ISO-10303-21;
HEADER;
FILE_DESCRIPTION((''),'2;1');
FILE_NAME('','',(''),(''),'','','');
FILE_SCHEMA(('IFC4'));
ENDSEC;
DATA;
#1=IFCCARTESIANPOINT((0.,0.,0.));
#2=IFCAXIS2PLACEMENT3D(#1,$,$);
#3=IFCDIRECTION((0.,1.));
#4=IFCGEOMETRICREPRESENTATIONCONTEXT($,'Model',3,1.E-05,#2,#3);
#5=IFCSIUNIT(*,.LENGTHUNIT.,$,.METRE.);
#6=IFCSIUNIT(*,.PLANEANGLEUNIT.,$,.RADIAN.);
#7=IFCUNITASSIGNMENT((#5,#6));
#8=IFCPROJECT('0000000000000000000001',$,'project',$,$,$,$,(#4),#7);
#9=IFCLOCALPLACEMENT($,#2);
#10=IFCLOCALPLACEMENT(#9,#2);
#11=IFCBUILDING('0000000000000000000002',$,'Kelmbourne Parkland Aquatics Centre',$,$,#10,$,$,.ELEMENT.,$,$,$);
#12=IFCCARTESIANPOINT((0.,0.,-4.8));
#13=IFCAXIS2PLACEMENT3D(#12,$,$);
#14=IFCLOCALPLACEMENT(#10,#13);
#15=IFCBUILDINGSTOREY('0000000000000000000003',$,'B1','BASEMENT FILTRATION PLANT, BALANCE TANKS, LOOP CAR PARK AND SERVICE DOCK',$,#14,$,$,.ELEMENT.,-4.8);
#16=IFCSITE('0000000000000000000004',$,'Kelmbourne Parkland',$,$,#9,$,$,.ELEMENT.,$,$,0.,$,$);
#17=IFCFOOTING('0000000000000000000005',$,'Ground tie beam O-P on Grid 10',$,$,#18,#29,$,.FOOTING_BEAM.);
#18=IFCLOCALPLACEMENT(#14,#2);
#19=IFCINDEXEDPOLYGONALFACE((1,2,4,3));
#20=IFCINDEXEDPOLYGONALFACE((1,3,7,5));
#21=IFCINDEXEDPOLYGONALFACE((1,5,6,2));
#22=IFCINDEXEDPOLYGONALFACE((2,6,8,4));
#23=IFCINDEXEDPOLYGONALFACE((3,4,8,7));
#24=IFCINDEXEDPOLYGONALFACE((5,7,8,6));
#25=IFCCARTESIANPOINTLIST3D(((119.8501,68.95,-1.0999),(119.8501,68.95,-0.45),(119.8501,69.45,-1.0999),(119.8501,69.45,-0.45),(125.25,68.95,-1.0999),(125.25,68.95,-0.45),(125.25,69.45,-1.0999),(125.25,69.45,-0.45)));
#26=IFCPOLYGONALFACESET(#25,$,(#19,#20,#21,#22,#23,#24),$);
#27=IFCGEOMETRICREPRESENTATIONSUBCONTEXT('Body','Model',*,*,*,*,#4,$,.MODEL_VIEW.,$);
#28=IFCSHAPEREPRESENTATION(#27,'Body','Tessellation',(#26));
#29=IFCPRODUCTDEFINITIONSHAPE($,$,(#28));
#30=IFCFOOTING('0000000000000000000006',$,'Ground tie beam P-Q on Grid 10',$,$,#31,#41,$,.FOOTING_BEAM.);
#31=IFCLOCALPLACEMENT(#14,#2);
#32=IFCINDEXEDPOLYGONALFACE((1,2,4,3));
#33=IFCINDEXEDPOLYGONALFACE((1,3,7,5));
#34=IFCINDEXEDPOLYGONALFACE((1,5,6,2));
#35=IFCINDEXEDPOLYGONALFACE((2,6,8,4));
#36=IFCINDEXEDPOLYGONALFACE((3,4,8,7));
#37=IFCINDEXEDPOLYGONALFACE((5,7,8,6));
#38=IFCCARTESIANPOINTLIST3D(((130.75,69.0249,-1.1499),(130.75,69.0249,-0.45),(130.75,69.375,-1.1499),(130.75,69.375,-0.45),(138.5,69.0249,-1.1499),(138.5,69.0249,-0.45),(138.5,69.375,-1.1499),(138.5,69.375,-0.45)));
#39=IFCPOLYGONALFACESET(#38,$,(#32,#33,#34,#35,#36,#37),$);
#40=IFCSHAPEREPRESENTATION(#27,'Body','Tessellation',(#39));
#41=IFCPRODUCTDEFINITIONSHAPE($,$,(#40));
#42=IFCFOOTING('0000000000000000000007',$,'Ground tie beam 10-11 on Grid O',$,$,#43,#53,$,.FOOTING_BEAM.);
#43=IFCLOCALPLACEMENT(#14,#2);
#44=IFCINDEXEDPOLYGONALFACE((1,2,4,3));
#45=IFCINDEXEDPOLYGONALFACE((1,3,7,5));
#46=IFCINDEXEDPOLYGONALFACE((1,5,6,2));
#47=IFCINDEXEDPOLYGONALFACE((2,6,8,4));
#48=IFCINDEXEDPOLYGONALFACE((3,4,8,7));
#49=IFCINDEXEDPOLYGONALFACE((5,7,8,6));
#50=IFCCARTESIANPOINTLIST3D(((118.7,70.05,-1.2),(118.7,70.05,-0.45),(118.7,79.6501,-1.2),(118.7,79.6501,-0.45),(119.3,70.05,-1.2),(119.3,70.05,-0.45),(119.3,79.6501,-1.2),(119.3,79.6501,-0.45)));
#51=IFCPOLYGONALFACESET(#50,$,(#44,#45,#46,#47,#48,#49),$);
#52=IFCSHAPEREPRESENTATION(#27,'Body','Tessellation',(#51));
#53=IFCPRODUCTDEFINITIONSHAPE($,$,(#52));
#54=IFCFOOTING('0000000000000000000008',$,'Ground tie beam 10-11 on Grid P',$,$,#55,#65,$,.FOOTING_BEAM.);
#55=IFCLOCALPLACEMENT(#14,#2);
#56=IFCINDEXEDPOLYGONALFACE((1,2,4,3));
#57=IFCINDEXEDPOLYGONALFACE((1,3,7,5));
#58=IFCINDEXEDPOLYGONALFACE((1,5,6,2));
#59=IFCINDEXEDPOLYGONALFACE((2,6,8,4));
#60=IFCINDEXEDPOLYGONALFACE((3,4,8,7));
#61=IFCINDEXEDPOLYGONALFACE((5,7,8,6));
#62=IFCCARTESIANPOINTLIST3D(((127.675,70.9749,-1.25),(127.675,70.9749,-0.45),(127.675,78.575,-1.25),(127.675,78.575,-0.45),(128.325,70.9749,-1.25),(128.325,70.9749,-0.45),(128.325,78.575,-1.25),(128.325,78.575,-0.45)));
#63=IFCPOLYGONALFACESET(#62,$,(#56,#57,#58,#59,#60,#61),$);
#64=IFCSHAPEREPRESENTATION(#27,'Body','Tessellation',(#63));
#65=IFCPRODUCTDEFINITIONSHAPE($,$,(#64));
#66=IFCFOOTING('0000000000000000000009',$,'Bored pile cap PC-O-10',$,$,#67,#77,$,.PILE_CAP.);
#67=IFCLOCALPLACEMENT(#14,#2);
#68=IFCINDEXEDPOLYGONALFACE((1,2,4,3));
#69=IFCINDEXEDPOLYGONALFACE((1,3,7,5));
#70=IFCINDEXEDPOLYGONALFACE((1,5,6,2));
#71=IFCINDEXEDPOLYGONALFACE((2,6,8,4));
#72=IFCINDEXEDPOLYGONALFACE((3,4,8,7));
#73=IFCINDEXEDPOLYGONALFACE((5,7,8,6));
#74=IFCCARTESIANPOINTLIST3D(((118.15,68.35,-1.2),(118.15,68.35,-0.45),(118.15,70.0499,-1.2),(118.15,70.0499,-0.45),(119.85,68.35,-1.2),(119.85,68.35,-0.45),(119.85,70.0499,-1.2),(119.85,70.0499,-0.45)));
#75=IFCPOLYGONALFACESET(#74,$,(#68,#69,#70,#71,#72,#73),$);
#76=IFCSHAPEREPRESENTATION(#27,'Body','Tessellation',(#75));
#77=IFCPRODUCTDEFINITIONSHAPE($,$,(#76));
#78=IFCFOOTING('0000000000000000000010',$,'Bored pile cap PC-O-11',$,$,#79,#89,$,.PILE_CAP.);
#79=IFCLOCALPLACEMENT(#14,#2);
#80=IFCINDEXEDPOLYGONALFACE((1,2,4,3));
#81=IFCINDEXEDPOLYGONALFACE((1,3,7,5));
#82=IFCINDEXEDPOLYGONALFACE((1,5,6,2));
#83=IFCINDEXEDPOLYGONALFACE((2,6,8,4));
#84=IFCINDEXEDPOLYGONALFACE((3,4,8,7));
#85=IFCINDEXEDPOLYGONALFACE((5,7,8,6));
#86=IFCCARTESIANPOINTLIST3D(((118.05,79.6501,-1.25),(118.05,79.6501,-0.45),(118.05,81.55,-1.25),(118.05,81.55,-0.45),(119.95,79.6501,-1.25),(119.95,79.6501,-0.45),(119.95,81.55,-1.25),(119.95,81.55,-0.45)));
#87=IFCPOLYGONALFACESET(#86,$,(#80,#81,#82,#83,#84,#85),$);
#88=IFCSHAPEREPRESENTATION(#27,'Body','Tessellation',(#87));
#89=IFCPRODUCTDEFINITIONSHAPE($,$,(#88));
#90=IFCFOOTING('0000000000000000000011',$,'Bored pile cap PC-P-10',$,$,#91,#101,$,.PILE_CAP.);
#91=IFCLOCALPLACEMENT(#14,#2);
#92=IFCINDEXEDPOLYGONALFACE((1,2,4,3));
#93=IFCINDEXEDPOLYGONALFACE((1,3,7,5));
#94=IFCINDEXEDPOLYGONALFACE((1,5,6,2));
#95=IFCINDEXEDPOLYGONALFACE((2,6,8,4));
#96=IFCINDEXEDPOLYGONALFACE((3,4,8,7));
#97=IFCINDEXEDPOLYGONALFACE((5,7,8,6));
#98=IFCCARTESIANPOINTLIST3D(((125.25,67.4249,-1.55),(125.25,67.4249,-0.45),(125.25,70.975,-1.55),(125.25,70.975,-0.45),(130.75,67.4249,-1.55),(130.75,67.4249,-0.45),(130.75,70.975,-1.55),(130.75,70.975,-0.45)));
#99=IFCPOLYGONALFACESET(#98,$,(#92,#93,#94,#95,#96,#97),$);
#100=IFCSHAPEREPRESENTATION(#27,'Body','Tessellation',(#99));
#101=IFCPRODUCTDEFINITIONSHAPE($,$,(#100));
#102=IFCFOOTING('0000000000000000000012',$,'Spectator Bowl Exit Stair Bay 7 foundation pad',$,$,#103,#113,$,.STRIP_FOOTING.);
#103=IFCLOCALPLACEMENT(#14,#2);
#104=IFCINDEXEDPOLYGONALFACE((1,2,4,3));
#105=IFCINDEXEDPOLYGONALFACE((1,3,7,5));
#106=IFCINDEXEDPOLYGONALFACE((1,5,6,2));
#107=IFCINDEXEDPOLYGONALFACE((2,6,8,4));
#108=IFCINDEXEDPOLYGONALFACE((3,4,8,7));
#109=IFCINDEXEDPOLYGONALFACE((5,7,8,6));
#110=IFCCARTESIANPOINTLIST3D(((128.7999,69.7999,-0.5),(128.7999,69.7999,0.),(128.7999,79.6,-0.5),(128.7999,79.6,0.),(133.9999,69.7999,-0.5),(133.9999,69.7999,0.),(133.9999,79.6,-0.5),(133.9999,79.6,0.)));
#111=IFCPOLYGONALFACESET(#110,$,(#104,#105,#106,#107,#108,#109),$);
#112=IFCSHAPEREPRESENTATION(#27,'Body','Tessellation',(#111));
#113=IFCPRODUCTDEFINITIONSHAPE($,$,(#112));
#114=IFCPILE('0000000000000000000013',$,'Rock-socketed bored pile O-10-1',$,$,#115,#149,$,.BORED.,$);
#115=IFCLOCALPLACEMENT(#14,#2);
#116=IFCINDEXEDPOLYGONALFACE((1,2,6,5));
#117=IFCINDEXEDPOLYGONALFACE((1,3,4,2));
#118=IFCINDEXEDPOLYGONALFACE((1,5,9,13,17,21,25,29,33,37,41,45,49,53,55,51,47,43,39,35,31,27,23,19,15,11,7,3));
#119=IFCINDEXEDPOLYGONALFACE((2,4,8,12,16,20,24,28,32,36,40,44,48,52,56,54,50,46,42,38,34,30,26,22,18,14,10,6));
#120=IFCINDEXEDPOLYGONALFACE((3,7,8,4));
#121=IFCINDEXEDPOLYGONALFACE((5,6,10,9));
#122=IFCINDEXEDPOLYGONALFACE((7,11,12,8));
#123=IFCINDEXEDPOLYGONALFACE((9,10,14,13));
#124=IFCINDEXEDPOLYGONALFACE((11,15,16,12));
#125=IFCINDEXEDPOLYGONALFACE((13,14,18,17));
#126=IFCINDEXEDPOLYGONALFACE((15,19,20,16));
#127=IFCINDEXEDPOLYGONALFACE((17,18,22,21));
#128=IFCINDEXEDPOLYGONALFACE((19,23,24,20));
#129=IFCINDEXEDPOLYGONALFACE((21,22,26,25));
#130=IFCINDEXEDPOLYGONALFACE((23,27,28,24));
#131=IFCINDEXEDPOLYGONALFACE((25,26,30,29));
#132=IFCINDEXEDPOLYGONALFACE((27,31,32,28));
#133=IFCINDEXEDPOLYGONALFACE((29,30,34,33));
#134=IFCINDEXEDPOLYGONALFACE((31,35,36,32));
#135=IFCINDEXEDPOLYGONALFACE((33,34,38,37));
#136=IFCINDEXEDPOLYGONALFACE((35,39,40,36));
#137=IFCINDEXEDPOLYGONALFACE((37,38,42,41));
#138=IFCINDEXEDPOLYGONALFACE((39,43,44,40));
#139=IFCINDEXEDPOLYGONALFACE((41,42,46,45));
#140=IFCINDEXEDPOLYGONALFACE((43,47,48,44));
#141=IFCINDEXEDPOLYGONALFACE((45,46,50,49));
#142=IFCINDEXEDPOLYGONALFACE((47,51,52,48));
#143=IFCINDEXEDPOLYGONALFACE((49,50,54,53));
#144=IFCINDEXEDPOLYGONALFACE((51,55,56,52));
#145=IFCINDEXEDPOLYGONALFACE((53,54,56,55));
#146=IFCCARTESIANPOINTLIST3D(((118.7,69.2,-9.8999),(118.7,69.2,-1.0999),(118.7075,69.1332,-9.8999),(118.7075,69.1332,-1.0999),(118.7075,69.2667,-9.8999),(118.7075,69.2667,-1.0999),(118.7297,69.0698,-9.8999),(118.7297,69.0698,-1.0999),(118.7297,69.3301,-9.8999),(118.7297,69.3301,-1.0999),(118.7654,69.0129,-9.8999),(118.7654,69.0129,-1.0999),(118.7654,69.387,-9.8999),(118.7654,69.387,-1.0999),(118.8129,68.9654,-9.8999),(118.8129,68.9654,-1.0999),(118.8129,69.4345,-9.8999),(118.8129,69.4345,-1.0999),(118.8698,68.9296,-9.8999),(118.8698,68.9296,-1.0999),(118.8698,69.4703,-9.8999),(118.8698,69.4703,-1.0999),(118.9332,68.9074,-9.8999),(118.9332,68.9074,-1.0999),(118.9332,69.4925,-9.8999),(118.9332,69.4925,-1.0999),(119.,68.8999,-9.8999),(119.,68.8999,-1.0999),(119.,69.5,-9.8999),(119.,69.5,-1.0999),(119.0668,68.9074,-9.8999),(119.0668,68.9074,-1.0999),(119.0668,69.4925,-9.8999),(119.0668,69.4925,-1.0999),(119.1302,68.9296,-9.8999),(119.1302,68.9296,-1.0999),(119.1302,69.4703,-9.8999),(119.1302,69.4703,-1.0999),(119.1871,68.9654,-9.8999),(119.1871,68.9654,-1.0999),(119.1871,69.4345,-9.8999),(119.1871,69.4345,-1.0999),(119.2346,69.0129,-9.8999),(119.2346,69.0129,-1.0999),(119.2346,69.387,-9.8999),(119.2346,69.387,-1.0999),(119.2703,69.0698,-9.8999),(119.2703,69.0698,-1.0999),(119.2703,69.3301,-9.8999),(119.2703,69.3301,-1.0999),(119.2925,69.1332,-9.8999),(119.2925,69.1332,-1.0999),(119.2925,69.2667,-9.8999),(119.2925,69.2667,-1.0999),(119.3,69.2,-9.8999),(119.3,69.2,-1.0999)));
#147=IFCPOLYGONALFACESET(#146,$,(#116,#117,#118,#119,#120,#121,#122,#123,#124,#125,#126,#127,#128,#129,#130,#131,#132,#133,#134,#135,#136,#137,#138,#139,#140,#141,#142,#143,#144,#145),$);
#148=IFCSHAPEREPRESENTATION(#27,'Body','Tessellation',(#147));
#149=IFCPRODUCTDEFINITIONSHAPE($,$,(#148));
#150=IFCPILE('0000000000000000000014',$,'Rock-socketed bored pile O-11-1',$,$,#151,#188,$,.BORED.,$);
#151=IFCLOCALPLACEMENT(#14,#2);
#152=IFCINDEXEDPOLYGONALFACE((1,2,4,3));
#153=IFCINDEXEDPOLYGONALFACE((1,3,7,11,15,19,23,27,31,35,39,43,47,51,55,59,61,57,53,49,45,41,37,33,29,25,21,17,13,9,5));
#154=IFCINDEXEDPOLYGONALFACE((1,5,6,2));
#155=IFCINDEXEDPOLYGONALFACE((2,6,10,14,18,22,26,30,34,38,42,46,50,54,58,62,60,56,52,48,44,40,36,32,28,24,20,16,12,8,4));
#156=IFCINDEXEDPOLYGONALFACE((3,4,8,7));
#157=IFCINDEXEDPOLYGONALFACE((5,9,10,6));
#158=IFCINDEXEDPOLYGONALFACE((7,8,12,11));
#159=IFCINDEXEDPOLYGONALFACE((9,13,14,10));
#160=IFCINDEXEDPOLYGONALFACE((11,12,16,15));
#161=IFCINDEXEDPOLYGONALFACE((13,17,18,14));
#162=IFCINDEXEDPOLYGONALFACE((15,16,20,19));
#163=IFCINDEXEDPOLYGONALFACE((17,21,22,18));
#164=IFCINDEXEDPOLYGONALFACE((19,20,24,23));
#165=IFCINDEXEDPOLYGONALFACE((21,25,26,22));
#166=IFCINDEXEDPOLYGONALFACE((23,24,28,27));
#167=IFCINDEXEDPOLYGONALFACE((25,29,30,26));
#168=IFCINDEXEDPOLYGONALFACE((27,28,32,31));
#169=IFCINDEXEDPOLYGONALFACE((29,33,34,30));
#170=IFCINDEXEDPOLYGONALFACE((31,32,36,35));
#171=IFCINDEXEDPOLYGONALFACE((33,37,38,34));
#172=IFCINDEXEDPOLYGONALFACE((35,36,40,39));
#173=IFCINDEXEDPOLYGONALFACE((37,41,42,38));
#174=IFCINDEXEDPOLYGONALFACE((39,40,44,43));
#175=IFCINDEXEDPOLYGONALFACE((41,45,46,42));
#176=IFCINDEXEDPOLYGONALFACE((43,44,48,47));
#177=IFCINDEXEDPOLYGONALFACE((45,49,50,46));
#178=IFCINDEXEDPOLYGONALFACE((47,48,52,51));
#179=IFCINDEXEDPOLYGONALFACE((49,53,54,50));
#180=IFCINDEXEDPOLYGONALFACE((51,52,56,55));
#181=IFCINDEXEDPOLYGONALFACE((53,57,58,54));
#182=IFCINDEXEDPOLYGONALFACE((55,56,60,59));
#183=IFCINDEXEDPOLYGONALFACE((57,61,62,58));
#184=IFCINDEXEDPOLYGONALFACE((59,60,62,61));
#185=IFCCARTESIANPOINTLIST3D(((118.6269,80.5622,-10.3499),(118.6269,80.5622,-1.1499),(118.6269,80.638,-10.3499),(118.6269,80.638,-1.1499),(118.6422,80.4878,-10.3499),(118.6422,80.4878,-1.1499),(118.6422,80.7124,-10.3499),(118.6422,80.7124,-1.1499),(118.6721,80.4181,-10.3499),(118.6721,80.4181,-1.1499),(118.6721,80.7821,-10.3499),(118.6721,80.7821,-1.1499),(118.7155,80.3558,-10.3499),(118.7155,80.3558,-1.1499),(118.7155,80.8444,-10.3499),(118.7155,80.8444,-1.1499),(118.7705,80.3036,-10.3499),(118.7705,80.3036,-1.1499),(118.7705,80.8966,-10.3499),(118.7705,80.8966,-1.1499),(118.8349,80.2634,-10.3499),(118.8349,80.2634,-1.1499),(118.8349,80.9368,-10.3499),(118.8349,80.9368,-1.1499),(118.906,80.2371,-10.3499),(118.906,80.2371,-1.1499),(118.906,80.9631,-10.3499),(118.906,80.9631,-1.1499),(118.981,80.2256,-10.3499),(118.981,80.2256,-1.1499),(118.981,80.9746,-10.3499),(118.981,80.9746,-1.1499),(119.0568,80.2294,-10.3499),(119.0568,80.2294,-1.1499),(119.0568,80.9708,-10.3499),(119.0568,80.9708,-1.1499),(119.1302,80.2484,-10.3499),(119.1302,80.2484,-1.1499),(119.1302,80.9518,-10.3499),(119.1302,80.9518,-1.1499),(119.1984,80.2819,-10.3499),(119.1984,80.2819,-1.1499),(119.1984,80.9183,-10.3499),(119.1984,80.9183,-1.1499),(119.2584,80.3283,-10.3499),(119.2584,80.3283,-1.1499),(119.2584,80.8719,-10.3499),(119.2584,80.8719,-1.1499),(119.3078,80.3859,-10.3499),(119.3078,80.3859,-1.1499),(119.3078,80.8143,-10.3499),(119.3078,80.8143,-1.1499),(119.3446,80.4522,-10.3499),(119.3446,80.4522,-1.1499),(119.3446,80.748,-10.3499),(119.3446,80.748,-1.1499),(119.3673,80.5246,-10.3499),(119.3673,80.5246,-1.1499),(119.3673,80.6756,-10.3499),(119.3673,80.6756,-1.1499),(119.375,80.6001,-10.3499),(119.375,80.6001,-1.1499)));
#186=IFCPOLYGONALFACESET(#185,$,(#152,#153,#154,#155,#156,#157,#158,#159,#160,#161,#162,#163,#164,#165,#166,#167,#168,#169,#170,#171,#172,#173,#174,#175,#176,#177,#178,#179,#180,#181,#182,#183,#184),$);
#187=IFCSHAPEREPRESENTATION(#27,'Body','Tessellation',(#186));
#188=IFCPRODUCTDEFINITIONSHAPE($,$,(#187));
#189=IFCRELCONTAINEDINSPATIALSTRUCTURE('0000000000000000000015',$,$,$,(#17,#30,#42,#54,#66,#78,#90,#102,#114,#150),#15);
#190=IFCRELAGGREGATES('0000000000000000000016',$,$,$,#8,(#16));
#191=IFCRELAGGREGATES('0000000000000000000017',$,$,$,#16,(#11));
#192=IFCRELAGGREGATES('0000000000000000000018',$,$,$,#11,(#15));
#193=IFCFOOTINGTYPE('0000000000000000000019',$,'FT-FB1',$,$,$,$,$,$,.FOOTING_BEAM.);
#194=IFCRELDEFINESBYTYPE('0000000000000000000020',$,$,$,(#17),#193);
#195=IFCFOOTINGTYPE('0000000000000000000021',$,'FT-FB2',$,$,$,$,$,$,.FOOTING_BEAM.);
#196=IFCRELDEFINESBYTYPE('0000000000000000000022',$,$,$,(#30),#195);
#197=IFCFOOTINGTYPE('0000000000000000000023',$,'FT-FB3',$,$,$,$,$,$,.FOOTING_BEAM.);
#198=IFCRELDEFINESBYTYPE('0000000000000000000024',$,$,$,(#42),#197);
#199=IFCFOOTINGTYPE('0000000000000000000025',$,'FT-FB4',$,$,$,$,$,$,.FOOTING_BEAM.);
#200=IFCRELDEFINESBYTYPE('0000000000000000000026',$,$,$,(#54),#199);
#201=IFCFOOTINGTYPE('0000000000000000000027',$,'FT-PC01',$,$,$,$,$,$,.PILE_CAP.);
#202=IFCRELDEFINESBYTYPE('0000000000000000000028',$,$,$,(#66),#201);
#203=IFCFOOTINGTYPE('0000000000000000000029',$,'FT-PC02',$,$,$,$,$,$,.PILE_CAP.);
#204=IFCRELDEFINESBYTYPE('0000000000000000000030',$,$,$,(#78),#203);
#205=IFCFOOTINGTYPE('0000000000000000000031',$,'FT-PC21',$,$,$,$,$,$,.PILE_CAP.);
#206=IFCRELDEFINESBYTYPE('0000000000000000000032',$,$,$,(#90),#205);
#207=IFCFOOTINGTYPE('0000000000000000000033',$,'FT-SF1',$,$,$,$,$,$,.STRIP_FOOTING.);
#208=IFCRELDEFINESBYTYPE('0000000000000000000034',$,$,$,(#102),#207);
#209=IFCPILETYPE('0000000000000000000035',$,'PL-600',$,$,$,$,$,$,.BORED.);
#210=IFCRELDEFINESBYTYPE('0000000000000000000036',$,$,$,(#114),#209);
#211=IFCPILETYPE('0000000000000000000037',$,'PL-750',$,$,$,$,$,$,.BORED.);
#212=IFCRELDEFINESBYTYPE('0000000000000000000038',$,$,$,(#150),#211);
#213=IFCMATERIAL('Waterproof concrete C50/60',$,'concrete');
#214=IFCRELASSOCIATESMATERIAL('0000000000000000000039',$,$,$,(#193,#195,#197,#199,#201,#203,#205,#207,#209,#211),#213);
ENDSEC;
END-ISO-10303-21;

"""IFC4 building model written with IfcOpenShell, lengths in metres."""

from ifc_helpers import new_model, si_unit, direction, frame, origin, origin_2d, place, context, subcontext, project, spatial, rectangle, circle, extrude, material, material_profile, profile_set, type_object, element, save


model = new_model("IFC4")

# Units and contexts
model_context = context("Model", 3, precision=1e-05, world=origin(), true_north=direction((0.0, 1.0)))
body_context = subcontext(model_context, "Body", "Model", "MODEL_VIEW")
ifc_project = project(units=[si_unit("LENGTHUNIT", "METRE"), si_unit("PLANEANGLEUNIT", "RADIAN")], contexts=[model_context])

# Site, building, storey
site_placement = place(None, origin())
site = spatial("IfcSite", under=ifc_project, at=site_placement, Name="Kelmbourne Parkland", CompositionType="ELEMENT", RefElevation=0.0)
building_placement = place(site_placement, origin())
building = spatial("IfcBuilding", under=site, at=building_placement, Name="Kelmbourne Parkland Aquatics Centre", CompositionType="ELEMENT")
storey_placement = place(building_placement, frame((0.0, 0.0, -4.8)))
storey = spatial("IfcBuildingStorey", under=building, at=storey_placement, Name="B1", Description="BASEMENT FILTRATION PLANT, BALANCE TANKS, LOOP CAR PARK AND SERVICE DOCK", CompositionType="ELEMENT", Elevation=-4.8)

# Footings
ifc_material_1 = material(Name="Waterproof concrete C50/60", Category="concrete")
footing_type_1 = type_object("IfcFootingType", Name="FT-FB1", PredefinedType="FOOTING_BEAM", material=ifc_material_1)
footing_1_placement = place(storey_placement, frame((122.55, 69.2, -1.0999), z_axis=(0.0, 0.0, 1.0), x_axis=(1.0, 0.0, 0.0)))
element("IfcFooting", 1, at=footing_1_placement, inside=storey, type_object=footing_type_1, Name="Ground tie beam O-P on Grid 10", PredefinedType="FOOTING_BEAM", context=body_context, shape_type="SweptSolid", body=[
    extrude(rectangle(XDim=5.3999, YDim=0.5, at=origin_2d()), origin(), (0.0, 0.0, 1.0), 0.6499),
])
footing_type_2 = type_object("IfcFootingType", Name="FT-FB2", PredefinedType="FOOTING_BEAM", material=ifc_material_1)
footing_2_placement = place(storey_placement, frame((134.625, 69.2, -1.1499), z_axis=(0.0, 0.0, 1.0), x_axis=(1.0, 0.0, 0.0)))
element("IfcFooting", 2, at=footing_2_placement, inside=storey, type_object=footing_type_2, Name="Ground tie beam P-Q on Grid 10", PredefinedType="FOOTING_BEAM", context=body_context, shape_type="SweptSolid", body=[
    extrude(rectangle(XDim=7.75, YDim=0.3501, at=origin_2d()), origin(), (0.0, 0.0, 1.0), 0.7),
])
footing_type_3 = type_object("IfcFootingType", Name="FT-FB3", PredefinedType="FOOTING_BEAM", material=ifc_material_1)
footing_3_placement = place(storey_placement, frame((119.0, 74.8501, -1.2), z_axis=(0.0, 0.0, 1.0), x_axis=(0.0, 1.0, 0.0)))
element("IfcFooting", 3, at=footing_3_placement, inside=storey, type_object=footing_type_3, Name="Ground tie beam 10-11 on Grid O", PredefinedType="FOOTING_BEAM", context=body_context, shape_type="SweptSolid", body=[
    extrude(rectangle(XDim=9.6001, YDim=0.6001, at=origin_2d()), origin(), (0.0, 0.0, 1.0), 0.75),
])
footing_type_4 = type_object("IfcFootingType", Name="FT-FB4", PredefinedType="FOOTING_BEAM", material=ifc_material_1)
footing_4_placement = place(storey_placement, frame((128.0, 74.7749, -1.25), z_axis=(0.0, 0.0, 1.0), x_axis=(0.0, 1.0, 0.0)))
element("IfcFooting", 4, at=footing_4_placement, inside=storey, type_object=footing_type_4, Name="Ground tie beam 10-11 on Grid P", PredefinedType="FOOTING_BEAM", context=body_context, shape_type="SweptSolid", body=[
    extrude(rectangle(XDim=7.6001, YDim=0.6499, at=origin_2d()), origin(), (0.0, 0.0, 1.0), 0.8),
])
footing_type_5 = type_object("IfcFootingType", Name="FT-PC01", PredefinedType="PILE_CAP", material=ifc_material_1)
footing_5_placement = place(storey_placement, frame((119.0, 69.2, -1.2), z_axis=(0.0, 0.0, 1.0), x_axis=(1.0, 0.0, 0.0)))
element("IfcFooting", 5, at=footing_5_placement, inside=storey, type_object=footing_type_5, Name="Bored pile cap PC-O-10", PredefinedType="PILE_CAP", context=body_context, shape_type="SweptSolid", body=[
    extrude(rectangle(XDim=1.7, YDim=1.7, at=origin_2d()), origin(), (0.0, 0.0, 1.0), 0.75),
])
footing_type_6 = type_object("IfcFootingType", Name="FT-PC02", PredefinedType="PILE_CAP", material=ifc_material_1)
footing_6_placement = place(storey_placement, frame((119.0, 80.6001, -1.25), z_axis=(0.0, 0.0, 1.0), x_axis=(1.0, 0.0, 0.0)))
element("IfcFooting", 6, at=footing_6_placement, inside=storey, type_object=footing_type_6, Name="Bored pile cap PC-O-11", PredefinedType="PILE_CAP", context=body_context, shape_type="SweptSolid", body=[
    extrude(rectangle(XDim=1.8999, YDim=1.8999, at=origin_2d()), origin(), (0.0, 0.0, 1.0), 0.8),
])
footing_type_7 = type_object("IfcFootingType", Name="FT-PC21", PredefinedType="PILE_CAP", material=ifc_material_1)
footing_7_placement = place(storey_placement, frame((128.0, 69.2, -1.55), z_axis=(0.0, 0.0, 1.0), x_axis=(1.0, 0.0, 0.0)))
element("IfcFooting", 7, at=footing_7_placement, inside=storey, type_object=footing_type_7, Name="Bored pile cap PC-P-10", PredefinedType="PILE_CAP", context=body_context, shape_type="SweptSolid", body=[
    extrude(rectangle(XDim=5.5, YDim=3.55, at=origin_2d()), origin(), (0.0, 0.0, 1.0), 1.1001),
])
footing_type_8 = type_object("IfcFootingType", Name="FT-SF1", PredefinedType="STRIP_FOOTING", material=ifc_material_1)
footing_8_placement = place(storey_placement, frame((131.3999, 74.7, -0.5), z_axis=(0.0, 0.0, 1.0), x_axis=(1.0, 0.0, 0.0)))
element("IfcFooting", 8, at=footing_8_placement, inside=storey, type_object=footing_type_8, Name="Spectator Bowl Exit Stair Bay 7 foundation pad", PredefinedType="STRIP_FOOTING", context=body_context, shape_type="SweptSolid", body=[
    extrude(rectangle(XDim=5.2, YDim=9.8, at=origin_2d()), origin(), (0.0, 0.0, 1.0), 0.5),
])

# Piles
ifc_material_profile_1 = material_profile(ifc_material_1, circle(Radius=0.3, at=origin_2d()), Name="PILE D600")
ifc_profile_set_1 = profile_set([ifc_material_profile_1], Name="Waterproof concrete C50/60")
pile_type_1 = type_object("IfcPileType", Name="PL-600", PredefinedType="BORED", material=ifc_profile_set_1)
pile_placement = place(storey_placement, frame((119.0, 69.2, -1.0999), z_axis=(0.0, 0.0, -1.0), x_axis=(1.0, 0.0, 0.0)))
element("IfcPile", 9, at=pile_placement, inside=storey, type_object=pile_type_1, Name="Rock-socketed bored pile O-10-1", PredefinedType="BORED", context=body_context, shape_type="SweptSolid", body=[
    extrude(circle(Radius=0.3, at=origin_2d()), origin(), (0.0, 0.0, 1.0), 8.8),
])
ifc_material_profile_2 = material_profile(ifc_material_1, circle(Radius=0.375, at=origin_2d()), Name="PILE D750")
ifc_profile_set_2 = profile_set([ifc_material_profile_2], Name="Waterproof concrete C50/60")
pile_type_2 = type_object("IfcPileType", Name="PL-750", PredefinedType="BORED", material=ifc_profile_set_2)
for number, where, z_axis, x_axis, name in (
    (10, (119.0, 80.6001, -1.1499), (0.0, 0.0, -1.0), (1.0, 0.0, 0.0), "Rock-socketed bored pile O-11-1"),
):
    element("IfcPile", number, at=place(storey_placement, frame(where, z_axis=z_axis, x_axis=x_axis)), inside=storey, type_object=pile_type_2, Name=name, PredefinedType="BORED", context=body_context, shape_type="SweptSolid", body=[
        extrude(circle(Radius=0.375, at=origin_2d()), origin(), (0.0, 0.0, 1.0), 9.2),
    ])

save(model, "model.ifc")
